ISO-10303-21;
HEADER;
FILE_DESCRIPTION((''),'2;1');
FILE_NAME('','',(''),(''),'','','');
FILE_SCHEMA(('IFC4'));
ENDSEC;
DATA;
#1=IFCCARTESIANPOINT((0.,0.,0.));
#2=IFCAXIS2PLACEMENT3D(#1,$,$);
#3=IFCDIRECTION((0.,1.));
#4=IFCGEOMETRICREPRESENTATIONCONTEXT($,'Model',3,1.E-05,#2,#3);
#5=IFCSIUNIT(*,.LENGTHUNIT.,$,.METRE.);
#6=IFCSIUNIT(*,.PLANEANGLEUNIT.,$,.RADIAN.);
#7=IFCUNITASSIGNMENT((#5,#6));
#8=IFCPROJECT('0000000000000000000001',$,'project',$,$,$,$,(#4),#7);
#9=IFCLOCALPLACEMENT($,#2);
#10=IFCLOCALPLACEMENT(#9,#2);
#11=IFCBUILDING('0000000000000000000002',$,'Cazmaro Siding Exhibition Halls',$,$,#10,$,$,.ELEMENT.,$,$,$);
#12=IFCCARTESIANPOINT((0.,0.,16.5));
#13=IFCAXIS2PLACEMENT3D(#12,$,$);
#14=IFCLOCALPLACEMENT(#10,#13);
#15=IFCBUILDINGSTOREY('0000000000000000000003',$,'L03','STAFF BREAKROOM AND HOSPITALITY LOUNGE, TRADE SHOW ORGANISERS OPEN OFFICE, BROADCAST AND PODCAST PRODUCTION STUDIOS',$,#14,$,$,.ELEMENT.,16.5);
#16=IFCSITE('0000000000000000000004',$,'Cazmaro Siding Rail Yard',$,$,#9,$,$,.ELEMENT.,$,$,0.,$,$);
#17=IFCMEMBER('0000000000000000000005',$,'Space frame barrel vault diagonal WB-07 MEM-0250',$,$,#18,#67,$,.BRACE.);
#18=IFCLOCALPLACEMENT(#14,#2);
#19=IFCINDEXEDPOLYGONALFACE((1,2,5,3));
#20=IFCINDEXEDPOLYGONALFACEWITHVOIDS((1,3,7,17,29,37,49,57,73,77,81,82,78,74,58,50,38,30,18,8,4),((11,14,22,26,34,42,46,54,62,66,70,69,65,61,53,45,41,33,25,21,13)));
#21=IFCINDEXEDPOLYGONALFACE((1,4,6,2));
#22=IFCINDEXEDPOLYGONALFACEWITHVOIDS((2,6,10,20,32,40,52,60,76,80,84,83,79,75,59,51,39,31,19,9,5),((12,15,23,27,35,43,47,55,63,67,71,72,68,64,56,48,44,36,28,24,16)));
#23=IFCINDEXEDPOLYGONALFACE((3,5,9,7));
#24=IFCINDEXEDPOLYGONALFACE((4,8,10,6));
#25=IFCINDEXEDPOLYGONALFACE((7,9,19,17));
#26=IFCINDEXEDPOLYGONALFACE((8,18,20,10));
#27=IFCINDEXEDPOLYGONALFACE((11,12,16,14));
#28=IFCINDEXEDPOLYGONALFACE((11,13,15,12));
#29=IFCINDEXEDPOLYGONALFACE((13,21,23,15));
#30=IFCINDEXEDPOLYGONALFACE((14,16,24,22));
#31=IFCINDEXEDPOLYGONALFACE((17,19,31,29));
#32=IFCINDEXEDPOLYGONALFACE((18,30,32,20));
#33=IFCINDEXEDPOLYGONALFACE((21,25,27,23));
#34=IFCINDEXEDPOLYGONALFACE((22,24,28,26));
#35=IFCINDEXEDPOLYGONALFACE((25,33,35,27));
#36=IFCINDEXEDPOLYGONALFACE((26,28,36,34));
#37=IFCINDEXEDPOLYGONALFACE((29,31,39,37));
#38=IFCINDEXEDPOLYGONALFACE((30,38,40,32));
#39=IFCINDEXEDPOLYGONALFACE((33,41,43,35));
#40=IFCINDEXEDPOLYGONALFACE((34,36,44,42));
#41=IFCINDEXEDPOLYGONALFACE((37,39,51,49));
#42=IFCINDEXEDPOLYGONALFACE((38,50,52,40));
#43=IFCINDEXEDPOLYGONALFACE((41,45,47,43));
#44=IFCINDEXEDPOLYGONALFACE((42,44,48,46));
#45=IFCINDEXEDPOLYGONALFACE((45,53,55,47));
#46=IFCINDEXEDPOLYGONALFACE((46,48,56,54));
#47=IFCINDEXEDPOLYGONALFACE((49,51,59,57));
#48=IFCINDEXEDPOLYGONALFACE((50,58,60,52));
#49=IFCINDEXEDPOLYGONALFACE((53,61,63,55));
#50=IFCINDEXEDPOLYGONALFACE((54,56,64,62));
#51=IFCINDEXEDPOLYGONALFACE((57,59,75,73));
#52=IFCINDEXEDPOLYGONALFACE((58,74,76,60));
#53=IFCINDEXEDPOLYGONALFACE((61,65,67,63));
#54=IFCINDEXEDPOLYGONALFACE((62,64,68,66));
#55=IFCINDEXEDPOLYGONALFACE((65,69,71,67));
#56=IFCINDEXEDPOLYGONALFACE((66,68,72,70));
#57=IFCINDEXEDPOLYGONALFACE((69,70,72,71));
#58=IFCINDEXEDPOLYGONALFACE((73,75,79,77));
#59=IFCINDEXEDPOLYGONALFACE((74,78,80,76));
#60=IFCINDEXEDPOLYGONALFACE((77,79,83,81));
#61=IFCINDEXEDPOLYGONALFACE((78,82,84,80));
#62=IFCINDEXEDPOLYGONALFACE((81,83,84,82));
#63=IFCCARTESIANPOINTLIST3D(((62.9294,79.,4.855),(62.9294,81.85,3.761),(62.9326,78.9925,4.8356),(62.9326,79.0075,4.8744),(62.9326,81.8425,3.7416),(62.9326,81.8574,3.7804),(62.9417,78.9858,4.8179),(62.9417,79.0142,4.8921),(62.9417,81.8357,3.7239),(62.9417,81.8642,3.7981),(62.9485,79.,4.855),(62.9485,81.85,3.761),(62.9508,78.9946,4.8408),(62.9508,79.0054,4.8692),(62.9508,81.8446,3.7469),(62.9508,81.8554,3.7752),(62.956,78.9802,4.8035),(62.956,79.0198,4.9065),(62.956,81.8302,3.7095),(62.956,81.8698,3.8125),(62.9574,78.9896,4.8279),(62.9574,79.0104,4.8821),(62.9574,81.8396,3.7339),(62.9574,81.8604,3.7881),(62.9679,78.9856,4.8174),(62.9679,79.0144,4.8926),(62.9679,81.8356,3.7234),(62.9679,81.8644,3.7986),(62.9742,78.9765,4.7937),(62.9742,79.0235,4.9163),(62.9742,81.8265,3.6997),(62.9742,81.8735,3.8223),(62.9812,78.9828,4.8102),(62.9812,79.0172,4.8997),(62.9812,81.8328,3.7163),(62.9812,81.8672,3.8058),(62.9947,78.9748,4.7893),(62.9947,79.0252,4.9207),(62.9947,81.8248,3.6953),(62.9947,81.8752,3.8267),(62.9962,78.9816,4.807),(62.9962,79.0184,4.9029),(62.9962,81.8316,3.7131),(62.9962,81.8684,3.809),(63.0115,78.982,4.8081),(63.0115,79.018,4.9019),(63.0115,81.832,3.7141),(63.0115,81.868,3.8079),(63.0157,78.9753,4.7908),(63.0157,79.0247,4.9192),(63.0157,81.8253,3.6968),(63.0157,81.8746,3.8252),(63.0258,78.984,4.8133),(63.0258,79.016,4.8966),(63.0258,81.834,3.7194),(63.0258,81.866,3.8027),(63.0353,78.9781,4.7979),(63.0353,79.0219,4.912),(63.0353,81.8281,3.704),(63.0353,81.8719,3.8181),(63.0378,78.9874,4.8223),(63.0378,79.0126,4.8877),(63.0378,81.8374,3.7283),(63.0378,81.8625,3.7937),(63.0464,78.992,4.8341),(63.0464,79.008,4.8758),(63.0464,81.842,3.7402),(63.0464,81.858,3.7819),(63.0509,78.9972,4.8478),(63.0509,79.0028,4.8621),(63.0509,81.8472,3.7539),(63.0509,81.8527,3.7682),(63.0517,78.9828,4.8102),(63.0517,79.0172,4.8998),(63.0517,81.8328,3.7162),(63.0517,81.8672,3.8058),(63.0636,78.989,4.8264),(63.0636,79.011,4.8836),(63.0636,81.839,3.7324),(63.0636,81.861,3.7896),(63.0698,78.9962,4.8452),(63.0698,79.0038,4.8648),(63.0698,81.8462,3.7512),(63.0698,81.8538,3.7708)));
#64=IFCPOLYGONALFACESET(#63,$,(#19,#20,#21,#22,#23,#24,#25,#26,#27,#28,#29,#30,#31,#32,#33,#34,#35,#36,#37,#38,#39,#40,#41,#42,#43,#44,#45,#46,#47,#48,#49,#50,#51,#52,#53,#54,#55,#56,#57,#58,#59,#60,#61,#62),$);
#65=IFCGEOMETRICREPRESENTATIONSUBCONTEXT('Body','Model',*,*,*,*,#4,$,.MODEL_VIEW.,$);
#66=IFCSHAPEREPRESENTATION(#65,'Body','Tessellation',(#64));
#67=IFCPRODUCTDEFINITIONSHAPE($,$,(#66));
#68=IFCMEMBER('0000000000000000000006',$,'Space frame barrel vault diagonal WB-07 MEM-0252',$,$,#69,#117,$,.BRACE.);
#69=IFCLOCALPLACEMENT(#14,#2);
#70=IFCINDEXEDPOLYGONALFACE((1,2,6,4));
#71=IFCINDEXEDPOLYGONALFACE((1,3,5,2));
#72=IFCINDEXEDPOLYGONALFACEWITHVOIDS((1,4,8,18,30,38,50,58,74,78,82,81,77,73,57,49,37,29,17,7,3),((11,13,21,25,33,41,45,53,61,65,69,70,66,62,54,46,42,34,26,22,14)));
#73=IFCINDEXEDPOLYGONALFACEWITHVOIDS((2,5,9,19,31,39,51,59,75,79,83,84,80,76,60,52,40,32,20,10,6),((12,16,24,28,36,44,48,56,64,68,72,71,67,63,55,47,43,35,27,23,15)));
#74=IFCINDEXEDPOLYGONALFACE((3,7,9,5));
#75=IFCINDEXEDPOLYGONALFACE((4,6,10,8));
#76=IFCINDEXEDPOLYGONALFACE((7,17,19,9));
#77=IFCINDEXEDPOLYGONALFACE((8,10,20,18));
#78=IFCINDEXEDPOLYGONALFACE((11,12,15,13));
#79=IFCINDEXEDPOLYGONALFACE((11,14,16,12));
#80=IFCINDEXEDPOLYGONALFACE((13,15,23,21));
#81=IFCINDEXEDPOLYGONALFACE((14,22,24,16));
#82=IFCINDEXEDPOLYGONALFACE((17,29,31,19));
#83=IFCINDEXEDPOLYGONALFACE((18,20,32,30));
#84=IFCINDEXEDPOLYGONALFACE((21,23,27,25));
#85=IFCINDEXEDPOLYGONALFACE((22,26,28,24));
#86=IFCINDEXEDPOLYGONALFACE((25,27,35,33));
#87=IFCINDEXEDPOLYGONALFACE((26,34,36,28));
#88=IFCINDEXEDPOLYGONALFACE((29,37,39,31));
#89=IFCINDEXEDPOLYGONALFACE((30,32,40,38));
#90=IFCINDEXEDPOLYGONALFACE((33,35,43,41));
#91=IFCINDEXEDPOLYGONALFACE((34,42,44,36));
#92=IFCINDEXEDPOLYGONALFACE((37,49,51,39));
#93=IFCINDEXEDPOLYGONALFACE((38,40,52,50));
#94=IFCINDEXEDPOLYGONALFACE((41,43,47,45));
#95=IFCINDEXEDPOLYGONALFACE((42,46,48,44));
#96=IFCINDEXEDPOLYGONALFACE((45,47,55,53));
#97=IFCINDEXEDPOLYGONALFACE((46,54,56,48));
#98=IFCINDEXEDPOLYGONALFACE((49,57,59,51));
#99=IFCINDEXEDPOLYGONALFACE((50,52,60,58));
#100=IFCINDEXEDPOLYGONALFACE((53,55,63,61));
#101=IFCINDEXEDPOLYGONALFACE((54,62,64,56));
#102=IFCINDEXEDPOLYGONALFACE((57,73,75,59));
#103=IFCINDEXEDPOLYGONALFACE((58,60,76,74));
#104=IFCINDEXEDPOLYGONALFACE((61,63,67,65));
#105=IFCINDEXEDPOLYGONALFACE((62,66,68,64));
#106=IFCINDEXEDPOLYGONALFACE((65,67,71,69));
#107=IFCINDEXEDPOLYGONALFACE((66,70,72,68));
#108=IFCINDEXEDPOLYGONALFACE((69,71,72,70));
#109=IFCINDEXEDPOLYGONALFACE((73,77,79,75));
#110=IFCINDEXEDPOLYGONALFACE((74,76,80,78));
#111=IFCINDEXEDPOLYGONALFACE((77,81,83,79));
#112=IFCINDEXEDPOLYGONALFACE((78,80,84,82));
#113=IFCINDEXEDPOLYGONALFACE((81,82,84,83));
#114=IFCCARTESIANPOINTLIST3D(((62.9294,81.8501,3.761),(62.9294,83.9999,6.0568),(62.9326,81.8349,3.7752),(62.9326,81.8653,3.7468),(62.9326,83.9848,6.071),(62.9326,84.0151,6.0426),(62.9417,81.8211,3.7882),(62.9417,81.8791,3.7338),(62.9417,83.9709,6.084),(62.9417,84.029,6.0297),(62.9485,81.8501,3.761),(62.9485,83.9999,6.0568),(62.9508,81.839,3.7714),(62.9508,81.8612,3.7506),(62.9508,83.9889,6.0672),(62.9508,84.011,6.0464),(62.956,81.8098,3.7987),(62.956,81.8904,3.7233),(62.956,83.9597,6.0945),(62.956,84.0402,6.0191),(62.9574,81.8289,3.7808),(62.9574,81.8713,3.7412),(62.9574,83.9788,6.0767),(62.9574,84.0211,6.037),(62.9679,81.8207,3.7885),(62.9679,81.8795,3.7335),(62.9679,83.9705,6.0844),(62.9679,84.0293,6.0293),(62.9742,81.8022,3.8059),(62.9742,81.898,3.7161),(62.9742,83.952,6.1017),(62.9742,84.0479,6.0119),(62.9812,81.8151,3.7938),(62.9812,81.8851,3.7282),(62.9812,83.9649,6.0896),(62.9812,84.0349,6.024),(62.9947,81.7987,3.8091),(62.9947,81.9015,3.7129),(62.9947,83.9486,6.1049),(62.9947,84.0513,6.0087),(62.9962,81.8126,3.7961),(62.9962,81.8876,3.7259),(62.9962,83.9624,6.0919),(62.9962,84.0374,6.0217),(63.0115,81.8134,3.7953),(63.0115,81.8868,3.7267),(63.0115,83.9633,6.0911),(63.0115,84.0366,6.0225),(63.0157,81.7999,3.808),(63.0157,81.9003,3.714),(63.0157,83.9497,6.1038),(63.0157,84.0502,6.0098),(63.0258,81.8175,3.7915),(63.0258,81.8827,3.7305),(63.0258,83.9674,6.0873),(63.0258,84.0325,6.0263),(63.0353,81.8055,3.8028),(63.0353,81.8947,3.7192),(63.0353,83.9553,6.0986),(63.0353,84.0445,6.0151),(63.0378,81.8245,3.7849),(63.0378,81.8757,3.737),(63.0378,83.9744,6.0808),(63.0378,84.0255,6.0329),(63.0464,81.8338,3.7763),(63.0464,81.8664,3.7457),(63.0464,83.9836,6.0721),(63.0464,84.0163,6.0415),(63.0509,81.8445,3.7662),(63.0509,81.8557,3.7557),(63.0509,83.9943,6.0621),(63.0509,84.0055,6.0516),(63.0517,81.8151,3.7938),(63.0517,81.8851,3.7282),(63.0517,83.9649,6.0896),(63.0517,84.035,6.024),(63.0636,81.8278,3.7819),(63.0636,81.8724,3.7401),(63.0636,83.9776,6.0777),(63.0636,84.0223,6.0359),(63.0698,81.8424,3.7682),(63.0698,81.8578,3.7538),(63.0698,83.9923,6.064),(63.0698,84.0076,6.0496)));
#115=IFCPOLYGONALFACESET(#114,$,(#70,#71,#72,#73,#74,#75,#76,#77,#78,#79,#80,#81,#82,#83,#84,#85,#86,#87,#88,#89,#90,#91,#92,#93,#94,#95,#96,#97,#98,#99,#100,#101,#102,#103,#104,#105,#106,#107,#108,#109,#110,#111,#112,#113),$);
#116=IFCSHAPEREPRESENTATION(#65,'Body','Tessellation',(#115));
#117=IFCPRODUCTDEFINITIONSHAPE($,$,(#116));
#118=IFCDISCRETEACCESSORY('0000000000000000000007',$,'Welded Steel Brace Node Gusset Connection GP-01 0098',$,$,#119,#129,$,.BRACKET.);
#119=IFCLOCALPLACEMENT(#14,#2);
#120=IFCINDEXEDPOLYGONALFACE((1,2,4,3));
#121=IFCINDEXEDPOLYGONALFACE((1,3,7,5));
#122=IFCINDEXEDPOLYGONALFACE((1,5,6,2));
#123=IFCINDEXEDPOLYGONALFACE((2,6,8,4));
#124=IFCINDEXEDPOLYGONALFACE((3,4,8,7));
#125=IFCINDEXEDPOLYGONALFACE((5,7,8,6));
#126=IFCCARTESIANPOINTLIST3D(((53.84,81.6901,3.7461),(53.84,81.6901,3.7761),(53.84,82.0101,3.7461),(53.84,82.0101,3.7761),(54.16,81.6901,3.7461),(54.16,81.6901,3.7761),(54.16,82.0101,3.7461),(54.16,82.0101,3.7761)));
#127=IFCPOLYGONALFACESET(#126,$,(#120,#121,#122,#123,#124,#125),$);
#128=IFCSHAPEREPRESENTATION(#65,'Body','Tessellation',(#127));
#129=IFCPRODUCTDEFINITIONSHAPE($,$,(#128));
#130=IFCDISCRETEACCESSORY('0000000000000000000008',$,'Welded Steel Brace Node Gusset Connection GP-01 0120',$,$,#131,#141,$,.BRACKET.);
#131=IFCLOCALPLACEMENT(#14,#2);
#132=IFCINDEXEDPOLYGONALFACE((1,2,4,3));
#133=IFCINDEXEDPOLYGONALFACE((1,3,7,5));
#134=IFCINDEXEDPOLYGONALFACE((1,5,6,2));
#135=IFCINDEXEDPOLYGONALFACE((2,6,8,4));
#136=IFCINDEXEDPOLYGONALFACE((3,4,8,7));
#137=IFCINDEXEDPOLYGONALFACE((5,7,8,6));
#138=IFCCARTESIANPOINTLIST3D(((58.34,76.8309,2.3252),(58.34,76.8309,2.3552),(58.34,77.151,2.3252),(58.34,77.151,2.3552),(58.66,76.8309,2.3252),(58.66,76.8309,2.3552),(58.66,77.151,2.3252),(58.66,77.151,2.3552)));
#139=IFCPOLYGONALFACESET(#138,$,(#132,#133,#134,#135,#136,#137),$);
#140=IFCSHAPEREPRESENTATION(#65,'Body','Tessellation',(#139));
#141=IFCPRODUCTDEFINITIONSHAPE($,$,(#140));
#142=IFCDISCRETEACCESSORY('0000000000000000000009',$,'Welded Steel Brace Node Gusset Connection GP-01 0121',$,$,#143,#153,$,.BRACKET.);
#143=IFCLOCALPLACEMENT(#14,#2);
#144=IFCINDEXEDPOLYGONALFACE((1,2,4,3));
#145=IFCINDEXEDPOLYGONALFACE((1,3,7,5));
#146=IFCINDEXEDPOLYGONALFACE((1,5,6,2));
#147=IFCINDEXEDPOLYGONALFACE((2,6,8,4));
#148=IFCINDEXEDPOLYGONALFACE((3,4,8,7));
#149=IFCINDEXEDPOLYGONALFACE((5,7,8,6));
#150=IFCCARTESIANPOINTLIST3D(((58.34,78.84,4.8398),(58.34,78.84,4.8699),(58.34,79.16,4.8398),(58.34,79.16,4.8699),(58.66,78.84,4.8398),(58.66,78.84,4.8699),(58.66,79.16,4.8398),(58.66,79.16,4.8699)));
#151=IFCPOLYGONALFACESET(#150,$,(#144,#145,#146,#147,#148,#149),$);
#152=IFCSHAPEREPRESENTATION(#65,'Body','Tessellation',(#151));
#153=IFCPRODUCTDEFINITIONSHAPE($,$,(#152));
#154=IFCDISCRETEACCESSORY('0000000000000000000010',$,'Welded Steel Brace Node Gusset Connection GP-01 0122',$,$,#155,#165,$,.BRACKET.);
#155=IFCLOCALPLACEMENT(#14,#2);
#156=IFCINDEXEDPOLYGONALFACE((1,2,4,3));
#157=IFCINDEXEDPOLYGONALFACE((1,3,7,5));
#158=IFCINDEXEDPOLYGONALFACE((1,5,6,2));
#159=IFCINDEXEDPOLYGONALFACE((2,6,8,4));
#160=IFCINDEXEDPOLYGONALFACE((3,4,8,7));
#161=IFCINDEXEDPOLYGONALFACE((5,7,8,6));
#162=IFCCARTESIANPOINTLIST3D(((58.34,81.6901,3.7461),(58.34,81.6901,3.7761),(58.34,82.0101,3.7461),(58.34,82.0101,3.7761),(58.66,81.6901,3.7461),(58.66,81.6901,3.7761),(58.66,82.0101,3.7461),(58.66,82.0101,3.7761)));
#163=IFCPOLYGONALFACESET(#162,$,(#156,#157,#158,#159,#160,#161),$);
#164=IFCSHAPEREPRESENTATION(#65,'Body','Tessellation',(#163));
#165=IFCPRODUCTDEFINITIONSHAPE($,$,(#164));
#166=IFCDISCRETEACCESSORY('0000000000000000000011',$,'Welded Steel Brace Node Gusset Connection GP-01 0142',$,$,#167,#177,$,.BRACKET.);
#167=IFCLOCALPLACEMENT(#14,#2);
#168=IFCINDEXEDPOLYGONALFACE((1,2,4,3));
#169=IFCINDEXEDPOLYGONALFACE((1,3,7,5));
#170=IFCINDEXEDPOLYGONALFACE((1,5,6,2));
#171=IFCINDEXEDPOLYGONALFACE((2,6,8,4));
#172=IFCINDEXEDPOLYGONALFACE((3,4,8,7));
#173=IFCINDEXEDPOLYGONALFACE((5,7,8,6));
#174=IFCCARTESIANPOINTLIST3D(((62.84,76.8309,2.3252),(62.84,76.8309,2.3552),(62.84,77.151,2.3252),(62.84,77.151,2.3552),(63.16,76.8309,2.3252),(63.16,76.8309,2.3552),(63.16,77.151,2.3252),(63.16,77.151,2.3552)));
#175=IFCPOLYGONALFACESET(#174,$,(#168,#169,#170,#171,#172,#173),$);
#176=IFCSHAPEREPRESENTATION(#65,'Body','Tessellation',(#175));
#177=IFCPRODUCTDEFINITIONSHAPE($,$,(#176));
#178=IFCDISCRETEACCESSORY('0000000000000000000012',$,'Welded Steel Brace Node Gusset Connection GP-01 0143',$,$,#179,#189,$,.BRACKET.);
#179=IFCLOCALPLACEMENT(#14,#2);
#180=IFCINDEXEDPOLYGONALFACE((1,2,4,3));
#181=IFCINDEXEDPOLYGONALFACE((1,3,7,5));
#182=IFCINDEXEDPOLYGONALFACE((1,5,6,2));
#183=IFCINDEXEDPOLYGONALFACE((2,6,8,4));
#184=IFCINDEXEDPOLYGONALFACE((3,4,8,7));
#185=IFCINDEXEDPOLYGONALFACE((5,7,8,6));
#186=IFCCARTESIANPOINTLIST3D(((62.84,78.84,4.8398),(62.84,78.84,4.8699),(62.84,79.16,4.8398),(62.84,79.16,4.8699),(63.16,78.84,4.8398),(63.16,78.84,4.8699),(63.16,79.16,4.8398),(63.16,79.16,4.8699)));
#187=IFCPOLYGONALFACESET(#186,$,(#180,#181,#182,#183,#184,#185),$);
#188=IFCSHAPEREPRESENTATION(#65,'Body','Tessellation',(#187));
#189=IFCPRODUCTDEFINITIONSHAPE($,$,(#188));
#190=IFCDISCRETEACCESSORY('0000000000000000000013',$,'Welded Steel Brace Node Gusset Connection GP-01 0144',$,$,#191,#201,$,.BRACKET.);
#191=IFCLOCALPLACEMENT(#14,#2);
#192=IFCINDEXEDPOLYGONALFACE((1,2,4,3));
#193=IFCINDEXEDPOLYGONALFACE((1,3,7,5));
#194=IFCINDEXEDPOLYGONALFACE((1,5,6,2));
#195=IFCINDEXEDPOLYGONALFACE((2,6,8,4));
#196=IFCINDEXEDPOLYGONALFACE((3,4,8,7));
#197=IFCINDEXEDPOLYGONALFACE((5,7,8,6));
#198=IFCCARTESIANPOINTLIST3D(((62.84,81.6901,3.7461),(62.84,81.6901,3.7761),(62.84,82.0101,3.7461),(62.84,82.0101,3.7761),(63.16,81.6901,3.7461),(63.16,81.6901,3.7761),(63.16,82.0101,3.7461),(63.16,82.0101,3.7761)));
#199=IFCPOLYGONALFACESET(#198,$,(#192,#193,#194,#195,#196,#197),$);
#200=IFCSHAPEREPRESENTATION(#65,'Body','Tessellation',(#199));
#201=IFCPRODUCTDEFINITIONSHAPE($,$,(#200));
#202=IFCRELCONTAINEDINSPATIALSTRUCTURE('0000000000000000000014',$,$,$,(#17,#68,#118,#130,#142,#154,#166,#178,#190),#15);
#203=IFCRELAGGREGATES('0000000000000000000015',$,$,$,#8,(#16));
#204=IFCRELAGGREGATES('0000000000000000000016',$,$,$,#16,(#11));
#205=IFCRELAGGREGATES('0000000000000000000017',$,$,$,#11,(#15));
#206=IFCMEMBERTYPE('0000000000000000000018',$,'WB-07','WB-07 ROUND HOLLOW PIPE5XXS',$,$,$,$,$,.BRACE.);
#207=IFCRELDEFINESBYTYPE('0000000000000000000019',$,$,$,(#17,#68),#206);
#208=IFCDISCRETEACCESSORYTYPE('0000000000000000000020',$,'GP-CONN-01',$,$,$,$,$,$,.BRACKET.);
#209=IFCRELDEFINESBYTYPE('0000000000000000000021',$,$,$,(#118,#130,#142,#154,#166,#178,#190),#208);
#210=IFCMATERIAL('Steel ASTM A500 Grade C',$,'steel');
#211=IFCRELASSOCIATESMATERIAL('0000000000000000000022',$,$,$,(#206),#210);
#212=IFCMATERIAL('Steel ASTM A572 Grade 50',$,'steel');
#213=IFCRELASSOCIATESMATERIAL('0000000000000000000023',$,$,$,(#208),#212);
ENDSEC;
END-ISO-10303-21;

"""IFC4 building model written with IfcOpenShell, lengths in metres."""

from ifc_helpers import new_model, si_unit, direction, frame, origin, origin_2d, place, context, subcontext, project, spatial, rectangle, hollow_circle, extrude, material, material_profile, profile_set, type_object, element, save


model = new_model("IFC4")

# Units and contexts
model_context = context("Model", 3, precision=1e-05, world=origin(), true_north=direction((0.0, 1.0)))
body_context = subcontext(model_context, "Body", "Model", "MODEL_VIEW")
ifc_project = project(units=[si_unit("LENGTHUNIT", "METRE"), si_unit("PLANEANGLEUNIT", "RADIAN")], contexts=[model_context])

# Site, building, storey
site_placement = place(None, origin())
site = spatial("IfcSite", under=ifc_project, at=site_placement, Name="Cazmaro Siding Rail Yard", CompositionType="ELEMENT", RefElevation=0.0)
building_placement = place(site_placement, origin())
building = spatial("IfcBuilding", under=site, at=building_placement, Name="Cazmaro Siding Exhibition Halls", CompositionType="ELEMENT")
storey_placement = place(building_placement, frame((0.0, 0.0, 16.5)))
storey = spatial("IfcBuildingStorey", under=building, at=storey_placement, Name="L03", Description="STAFF BREAKROOM AND HOSPITALITY LOUNGE, TRADE SHOW ORGANISERS OPEN OFFICE, BROADCAST AND PODCAST PRODUCTION STUDIOS", CompositionType="ELEMENT", Elevation=16.5)

# Members
ifc_material_1 = material(Name="Steel ASTM A500 Grade C", Category="steel")
ifc_material_profile_1 = material_profile(ifc_material_1, hollow_circle(Radius=0.0706, WallThickness=0.019, at=origin_2d()), Name="PIPE5XXS")
ifc_profile_set_1 = profile_set([ifc_material_profile_1], Name="Steel ASTM A500 Grade C")
member_type_1 = type_object("IfcMemberType", Name="WB-07", Description="WB-07 ROUND HOLLOW PIPE5XXS", PredefinedType="BRACE", material=ifc_profile_set_1)
member_1_placement = place(storey_placement, frame((63.0, 79.0, 4.855), z_axis=(0.0, 0.933587, -0.358352), x_axis=(-1.0, 0.0, 0.0)))
element("IfcMember", 1, at=member_1_placement, inside=storey, type_object=member_type_1, Name="Space frame barrel vault diagonal WB-07 MEM-0250", PredefinedType="BRACE", context=body_context, shape_type="SweptSolid", body=[
    extrude(hollow_circle(Radius=0.0706, WallThickness=0.019, at=origin_2d()), origin(), (0.0, 0.0, 1.0), 3.0527),
])
member_2_placement = place(storey_placement, frame((63.0, 81.8501, 3.761), z_axis=(0.0, 0.683518, 0.729934), x_axis=(-1.0, 0.0, 0.0)))
element("IfcMember", 2, at=member_2_placement, inside=storey, type_object=member_type_1, Name="Space frame barrel vault diagonal WB-07 MEM-0252", PredefinedType="BRACE", context=body_context, shape_type="SweptSolid", body=[
    extrude(hollow_circle(Radius=0.0706, WallThickness=0.019, at=origin_2d()), origin(), (0.0, 0.0, 1.0), 3.1453),
])

# Discrete accessories
ifc_material_2 = material(Name="Steel ASTM A572 Grade 50", Category="steel")
discrete_accessory_type = type_object("IfcDiscreteAccessoryType", Name="GP-CONN-01", PredefinedType="BRACKET", material=ifc_material_2)
for number, where, z_axis, x_axis, name in (
    (3, (54.0, 81.8501, 3.7461), (0.0, 0.0, 1.0), (1.0, 0.0, 0.0), "Welded Steel Brace Node Gusset Connection GP-01 0098"),
    (4, (58.5, 76.991, 2.3252), (0.0, 0.0, 1.0), (1.0, 0.0, 0.0), "Welded Steel Brace Node Gusset Connection GP-01 0120"),
    (5, (58.5, 79.0, 4.8398), (0.0, 0.0, 1.0), (1.0, 0.0, 0.0), "Welded Steel Brace Node Gusset Connection GP-01 0121"),
    (6, (58.5, 81.8501, 3.7461), (0.0, 0.0, 1.0), (1.0, 0.0, 0.0), "Welded Steel Brace Node Gusset Connection GP-01 0122"),
    (7, (63.0, 76.991, 2.3252), (0.0, 0.0, 1.0), (1.0, 0.0, 0.0), "Welded Steel Brace Node Gusset Connection GP-01 0142"),
    (8, (63.0, 79.0, 4.8398), (0.0, 0.0, 1.0), (1.0, 0.0, 0.0), "Welded Steel Brace Node Gusset Connection GP-01 0143"),
    (9, (63.0, 81.8501, 3.7461), (0.0, 0.0, 1.0), (1.0, 0.0, 0.0), "Welded Steel Brace Node Gusset Connection GP-01 0144"),
):
    element("IfcDiscreteAccessory", number, at=place(storey_placement, frame(where, z_axis=z_axis, x_axis=x_axis)), inside=storey, type_object=discrete_accessory_type, Name=name, PredefinedType="BRACKET", context=body_context, shape_type="SweptSolid", body=[
        extrude(rectangle(XDim=0.3201, YDim=0.3201, at=origin_2d()), origin(), (0.0, 0.0, 1.0), 0.03),
    ])

save(model, "model.ifc")
